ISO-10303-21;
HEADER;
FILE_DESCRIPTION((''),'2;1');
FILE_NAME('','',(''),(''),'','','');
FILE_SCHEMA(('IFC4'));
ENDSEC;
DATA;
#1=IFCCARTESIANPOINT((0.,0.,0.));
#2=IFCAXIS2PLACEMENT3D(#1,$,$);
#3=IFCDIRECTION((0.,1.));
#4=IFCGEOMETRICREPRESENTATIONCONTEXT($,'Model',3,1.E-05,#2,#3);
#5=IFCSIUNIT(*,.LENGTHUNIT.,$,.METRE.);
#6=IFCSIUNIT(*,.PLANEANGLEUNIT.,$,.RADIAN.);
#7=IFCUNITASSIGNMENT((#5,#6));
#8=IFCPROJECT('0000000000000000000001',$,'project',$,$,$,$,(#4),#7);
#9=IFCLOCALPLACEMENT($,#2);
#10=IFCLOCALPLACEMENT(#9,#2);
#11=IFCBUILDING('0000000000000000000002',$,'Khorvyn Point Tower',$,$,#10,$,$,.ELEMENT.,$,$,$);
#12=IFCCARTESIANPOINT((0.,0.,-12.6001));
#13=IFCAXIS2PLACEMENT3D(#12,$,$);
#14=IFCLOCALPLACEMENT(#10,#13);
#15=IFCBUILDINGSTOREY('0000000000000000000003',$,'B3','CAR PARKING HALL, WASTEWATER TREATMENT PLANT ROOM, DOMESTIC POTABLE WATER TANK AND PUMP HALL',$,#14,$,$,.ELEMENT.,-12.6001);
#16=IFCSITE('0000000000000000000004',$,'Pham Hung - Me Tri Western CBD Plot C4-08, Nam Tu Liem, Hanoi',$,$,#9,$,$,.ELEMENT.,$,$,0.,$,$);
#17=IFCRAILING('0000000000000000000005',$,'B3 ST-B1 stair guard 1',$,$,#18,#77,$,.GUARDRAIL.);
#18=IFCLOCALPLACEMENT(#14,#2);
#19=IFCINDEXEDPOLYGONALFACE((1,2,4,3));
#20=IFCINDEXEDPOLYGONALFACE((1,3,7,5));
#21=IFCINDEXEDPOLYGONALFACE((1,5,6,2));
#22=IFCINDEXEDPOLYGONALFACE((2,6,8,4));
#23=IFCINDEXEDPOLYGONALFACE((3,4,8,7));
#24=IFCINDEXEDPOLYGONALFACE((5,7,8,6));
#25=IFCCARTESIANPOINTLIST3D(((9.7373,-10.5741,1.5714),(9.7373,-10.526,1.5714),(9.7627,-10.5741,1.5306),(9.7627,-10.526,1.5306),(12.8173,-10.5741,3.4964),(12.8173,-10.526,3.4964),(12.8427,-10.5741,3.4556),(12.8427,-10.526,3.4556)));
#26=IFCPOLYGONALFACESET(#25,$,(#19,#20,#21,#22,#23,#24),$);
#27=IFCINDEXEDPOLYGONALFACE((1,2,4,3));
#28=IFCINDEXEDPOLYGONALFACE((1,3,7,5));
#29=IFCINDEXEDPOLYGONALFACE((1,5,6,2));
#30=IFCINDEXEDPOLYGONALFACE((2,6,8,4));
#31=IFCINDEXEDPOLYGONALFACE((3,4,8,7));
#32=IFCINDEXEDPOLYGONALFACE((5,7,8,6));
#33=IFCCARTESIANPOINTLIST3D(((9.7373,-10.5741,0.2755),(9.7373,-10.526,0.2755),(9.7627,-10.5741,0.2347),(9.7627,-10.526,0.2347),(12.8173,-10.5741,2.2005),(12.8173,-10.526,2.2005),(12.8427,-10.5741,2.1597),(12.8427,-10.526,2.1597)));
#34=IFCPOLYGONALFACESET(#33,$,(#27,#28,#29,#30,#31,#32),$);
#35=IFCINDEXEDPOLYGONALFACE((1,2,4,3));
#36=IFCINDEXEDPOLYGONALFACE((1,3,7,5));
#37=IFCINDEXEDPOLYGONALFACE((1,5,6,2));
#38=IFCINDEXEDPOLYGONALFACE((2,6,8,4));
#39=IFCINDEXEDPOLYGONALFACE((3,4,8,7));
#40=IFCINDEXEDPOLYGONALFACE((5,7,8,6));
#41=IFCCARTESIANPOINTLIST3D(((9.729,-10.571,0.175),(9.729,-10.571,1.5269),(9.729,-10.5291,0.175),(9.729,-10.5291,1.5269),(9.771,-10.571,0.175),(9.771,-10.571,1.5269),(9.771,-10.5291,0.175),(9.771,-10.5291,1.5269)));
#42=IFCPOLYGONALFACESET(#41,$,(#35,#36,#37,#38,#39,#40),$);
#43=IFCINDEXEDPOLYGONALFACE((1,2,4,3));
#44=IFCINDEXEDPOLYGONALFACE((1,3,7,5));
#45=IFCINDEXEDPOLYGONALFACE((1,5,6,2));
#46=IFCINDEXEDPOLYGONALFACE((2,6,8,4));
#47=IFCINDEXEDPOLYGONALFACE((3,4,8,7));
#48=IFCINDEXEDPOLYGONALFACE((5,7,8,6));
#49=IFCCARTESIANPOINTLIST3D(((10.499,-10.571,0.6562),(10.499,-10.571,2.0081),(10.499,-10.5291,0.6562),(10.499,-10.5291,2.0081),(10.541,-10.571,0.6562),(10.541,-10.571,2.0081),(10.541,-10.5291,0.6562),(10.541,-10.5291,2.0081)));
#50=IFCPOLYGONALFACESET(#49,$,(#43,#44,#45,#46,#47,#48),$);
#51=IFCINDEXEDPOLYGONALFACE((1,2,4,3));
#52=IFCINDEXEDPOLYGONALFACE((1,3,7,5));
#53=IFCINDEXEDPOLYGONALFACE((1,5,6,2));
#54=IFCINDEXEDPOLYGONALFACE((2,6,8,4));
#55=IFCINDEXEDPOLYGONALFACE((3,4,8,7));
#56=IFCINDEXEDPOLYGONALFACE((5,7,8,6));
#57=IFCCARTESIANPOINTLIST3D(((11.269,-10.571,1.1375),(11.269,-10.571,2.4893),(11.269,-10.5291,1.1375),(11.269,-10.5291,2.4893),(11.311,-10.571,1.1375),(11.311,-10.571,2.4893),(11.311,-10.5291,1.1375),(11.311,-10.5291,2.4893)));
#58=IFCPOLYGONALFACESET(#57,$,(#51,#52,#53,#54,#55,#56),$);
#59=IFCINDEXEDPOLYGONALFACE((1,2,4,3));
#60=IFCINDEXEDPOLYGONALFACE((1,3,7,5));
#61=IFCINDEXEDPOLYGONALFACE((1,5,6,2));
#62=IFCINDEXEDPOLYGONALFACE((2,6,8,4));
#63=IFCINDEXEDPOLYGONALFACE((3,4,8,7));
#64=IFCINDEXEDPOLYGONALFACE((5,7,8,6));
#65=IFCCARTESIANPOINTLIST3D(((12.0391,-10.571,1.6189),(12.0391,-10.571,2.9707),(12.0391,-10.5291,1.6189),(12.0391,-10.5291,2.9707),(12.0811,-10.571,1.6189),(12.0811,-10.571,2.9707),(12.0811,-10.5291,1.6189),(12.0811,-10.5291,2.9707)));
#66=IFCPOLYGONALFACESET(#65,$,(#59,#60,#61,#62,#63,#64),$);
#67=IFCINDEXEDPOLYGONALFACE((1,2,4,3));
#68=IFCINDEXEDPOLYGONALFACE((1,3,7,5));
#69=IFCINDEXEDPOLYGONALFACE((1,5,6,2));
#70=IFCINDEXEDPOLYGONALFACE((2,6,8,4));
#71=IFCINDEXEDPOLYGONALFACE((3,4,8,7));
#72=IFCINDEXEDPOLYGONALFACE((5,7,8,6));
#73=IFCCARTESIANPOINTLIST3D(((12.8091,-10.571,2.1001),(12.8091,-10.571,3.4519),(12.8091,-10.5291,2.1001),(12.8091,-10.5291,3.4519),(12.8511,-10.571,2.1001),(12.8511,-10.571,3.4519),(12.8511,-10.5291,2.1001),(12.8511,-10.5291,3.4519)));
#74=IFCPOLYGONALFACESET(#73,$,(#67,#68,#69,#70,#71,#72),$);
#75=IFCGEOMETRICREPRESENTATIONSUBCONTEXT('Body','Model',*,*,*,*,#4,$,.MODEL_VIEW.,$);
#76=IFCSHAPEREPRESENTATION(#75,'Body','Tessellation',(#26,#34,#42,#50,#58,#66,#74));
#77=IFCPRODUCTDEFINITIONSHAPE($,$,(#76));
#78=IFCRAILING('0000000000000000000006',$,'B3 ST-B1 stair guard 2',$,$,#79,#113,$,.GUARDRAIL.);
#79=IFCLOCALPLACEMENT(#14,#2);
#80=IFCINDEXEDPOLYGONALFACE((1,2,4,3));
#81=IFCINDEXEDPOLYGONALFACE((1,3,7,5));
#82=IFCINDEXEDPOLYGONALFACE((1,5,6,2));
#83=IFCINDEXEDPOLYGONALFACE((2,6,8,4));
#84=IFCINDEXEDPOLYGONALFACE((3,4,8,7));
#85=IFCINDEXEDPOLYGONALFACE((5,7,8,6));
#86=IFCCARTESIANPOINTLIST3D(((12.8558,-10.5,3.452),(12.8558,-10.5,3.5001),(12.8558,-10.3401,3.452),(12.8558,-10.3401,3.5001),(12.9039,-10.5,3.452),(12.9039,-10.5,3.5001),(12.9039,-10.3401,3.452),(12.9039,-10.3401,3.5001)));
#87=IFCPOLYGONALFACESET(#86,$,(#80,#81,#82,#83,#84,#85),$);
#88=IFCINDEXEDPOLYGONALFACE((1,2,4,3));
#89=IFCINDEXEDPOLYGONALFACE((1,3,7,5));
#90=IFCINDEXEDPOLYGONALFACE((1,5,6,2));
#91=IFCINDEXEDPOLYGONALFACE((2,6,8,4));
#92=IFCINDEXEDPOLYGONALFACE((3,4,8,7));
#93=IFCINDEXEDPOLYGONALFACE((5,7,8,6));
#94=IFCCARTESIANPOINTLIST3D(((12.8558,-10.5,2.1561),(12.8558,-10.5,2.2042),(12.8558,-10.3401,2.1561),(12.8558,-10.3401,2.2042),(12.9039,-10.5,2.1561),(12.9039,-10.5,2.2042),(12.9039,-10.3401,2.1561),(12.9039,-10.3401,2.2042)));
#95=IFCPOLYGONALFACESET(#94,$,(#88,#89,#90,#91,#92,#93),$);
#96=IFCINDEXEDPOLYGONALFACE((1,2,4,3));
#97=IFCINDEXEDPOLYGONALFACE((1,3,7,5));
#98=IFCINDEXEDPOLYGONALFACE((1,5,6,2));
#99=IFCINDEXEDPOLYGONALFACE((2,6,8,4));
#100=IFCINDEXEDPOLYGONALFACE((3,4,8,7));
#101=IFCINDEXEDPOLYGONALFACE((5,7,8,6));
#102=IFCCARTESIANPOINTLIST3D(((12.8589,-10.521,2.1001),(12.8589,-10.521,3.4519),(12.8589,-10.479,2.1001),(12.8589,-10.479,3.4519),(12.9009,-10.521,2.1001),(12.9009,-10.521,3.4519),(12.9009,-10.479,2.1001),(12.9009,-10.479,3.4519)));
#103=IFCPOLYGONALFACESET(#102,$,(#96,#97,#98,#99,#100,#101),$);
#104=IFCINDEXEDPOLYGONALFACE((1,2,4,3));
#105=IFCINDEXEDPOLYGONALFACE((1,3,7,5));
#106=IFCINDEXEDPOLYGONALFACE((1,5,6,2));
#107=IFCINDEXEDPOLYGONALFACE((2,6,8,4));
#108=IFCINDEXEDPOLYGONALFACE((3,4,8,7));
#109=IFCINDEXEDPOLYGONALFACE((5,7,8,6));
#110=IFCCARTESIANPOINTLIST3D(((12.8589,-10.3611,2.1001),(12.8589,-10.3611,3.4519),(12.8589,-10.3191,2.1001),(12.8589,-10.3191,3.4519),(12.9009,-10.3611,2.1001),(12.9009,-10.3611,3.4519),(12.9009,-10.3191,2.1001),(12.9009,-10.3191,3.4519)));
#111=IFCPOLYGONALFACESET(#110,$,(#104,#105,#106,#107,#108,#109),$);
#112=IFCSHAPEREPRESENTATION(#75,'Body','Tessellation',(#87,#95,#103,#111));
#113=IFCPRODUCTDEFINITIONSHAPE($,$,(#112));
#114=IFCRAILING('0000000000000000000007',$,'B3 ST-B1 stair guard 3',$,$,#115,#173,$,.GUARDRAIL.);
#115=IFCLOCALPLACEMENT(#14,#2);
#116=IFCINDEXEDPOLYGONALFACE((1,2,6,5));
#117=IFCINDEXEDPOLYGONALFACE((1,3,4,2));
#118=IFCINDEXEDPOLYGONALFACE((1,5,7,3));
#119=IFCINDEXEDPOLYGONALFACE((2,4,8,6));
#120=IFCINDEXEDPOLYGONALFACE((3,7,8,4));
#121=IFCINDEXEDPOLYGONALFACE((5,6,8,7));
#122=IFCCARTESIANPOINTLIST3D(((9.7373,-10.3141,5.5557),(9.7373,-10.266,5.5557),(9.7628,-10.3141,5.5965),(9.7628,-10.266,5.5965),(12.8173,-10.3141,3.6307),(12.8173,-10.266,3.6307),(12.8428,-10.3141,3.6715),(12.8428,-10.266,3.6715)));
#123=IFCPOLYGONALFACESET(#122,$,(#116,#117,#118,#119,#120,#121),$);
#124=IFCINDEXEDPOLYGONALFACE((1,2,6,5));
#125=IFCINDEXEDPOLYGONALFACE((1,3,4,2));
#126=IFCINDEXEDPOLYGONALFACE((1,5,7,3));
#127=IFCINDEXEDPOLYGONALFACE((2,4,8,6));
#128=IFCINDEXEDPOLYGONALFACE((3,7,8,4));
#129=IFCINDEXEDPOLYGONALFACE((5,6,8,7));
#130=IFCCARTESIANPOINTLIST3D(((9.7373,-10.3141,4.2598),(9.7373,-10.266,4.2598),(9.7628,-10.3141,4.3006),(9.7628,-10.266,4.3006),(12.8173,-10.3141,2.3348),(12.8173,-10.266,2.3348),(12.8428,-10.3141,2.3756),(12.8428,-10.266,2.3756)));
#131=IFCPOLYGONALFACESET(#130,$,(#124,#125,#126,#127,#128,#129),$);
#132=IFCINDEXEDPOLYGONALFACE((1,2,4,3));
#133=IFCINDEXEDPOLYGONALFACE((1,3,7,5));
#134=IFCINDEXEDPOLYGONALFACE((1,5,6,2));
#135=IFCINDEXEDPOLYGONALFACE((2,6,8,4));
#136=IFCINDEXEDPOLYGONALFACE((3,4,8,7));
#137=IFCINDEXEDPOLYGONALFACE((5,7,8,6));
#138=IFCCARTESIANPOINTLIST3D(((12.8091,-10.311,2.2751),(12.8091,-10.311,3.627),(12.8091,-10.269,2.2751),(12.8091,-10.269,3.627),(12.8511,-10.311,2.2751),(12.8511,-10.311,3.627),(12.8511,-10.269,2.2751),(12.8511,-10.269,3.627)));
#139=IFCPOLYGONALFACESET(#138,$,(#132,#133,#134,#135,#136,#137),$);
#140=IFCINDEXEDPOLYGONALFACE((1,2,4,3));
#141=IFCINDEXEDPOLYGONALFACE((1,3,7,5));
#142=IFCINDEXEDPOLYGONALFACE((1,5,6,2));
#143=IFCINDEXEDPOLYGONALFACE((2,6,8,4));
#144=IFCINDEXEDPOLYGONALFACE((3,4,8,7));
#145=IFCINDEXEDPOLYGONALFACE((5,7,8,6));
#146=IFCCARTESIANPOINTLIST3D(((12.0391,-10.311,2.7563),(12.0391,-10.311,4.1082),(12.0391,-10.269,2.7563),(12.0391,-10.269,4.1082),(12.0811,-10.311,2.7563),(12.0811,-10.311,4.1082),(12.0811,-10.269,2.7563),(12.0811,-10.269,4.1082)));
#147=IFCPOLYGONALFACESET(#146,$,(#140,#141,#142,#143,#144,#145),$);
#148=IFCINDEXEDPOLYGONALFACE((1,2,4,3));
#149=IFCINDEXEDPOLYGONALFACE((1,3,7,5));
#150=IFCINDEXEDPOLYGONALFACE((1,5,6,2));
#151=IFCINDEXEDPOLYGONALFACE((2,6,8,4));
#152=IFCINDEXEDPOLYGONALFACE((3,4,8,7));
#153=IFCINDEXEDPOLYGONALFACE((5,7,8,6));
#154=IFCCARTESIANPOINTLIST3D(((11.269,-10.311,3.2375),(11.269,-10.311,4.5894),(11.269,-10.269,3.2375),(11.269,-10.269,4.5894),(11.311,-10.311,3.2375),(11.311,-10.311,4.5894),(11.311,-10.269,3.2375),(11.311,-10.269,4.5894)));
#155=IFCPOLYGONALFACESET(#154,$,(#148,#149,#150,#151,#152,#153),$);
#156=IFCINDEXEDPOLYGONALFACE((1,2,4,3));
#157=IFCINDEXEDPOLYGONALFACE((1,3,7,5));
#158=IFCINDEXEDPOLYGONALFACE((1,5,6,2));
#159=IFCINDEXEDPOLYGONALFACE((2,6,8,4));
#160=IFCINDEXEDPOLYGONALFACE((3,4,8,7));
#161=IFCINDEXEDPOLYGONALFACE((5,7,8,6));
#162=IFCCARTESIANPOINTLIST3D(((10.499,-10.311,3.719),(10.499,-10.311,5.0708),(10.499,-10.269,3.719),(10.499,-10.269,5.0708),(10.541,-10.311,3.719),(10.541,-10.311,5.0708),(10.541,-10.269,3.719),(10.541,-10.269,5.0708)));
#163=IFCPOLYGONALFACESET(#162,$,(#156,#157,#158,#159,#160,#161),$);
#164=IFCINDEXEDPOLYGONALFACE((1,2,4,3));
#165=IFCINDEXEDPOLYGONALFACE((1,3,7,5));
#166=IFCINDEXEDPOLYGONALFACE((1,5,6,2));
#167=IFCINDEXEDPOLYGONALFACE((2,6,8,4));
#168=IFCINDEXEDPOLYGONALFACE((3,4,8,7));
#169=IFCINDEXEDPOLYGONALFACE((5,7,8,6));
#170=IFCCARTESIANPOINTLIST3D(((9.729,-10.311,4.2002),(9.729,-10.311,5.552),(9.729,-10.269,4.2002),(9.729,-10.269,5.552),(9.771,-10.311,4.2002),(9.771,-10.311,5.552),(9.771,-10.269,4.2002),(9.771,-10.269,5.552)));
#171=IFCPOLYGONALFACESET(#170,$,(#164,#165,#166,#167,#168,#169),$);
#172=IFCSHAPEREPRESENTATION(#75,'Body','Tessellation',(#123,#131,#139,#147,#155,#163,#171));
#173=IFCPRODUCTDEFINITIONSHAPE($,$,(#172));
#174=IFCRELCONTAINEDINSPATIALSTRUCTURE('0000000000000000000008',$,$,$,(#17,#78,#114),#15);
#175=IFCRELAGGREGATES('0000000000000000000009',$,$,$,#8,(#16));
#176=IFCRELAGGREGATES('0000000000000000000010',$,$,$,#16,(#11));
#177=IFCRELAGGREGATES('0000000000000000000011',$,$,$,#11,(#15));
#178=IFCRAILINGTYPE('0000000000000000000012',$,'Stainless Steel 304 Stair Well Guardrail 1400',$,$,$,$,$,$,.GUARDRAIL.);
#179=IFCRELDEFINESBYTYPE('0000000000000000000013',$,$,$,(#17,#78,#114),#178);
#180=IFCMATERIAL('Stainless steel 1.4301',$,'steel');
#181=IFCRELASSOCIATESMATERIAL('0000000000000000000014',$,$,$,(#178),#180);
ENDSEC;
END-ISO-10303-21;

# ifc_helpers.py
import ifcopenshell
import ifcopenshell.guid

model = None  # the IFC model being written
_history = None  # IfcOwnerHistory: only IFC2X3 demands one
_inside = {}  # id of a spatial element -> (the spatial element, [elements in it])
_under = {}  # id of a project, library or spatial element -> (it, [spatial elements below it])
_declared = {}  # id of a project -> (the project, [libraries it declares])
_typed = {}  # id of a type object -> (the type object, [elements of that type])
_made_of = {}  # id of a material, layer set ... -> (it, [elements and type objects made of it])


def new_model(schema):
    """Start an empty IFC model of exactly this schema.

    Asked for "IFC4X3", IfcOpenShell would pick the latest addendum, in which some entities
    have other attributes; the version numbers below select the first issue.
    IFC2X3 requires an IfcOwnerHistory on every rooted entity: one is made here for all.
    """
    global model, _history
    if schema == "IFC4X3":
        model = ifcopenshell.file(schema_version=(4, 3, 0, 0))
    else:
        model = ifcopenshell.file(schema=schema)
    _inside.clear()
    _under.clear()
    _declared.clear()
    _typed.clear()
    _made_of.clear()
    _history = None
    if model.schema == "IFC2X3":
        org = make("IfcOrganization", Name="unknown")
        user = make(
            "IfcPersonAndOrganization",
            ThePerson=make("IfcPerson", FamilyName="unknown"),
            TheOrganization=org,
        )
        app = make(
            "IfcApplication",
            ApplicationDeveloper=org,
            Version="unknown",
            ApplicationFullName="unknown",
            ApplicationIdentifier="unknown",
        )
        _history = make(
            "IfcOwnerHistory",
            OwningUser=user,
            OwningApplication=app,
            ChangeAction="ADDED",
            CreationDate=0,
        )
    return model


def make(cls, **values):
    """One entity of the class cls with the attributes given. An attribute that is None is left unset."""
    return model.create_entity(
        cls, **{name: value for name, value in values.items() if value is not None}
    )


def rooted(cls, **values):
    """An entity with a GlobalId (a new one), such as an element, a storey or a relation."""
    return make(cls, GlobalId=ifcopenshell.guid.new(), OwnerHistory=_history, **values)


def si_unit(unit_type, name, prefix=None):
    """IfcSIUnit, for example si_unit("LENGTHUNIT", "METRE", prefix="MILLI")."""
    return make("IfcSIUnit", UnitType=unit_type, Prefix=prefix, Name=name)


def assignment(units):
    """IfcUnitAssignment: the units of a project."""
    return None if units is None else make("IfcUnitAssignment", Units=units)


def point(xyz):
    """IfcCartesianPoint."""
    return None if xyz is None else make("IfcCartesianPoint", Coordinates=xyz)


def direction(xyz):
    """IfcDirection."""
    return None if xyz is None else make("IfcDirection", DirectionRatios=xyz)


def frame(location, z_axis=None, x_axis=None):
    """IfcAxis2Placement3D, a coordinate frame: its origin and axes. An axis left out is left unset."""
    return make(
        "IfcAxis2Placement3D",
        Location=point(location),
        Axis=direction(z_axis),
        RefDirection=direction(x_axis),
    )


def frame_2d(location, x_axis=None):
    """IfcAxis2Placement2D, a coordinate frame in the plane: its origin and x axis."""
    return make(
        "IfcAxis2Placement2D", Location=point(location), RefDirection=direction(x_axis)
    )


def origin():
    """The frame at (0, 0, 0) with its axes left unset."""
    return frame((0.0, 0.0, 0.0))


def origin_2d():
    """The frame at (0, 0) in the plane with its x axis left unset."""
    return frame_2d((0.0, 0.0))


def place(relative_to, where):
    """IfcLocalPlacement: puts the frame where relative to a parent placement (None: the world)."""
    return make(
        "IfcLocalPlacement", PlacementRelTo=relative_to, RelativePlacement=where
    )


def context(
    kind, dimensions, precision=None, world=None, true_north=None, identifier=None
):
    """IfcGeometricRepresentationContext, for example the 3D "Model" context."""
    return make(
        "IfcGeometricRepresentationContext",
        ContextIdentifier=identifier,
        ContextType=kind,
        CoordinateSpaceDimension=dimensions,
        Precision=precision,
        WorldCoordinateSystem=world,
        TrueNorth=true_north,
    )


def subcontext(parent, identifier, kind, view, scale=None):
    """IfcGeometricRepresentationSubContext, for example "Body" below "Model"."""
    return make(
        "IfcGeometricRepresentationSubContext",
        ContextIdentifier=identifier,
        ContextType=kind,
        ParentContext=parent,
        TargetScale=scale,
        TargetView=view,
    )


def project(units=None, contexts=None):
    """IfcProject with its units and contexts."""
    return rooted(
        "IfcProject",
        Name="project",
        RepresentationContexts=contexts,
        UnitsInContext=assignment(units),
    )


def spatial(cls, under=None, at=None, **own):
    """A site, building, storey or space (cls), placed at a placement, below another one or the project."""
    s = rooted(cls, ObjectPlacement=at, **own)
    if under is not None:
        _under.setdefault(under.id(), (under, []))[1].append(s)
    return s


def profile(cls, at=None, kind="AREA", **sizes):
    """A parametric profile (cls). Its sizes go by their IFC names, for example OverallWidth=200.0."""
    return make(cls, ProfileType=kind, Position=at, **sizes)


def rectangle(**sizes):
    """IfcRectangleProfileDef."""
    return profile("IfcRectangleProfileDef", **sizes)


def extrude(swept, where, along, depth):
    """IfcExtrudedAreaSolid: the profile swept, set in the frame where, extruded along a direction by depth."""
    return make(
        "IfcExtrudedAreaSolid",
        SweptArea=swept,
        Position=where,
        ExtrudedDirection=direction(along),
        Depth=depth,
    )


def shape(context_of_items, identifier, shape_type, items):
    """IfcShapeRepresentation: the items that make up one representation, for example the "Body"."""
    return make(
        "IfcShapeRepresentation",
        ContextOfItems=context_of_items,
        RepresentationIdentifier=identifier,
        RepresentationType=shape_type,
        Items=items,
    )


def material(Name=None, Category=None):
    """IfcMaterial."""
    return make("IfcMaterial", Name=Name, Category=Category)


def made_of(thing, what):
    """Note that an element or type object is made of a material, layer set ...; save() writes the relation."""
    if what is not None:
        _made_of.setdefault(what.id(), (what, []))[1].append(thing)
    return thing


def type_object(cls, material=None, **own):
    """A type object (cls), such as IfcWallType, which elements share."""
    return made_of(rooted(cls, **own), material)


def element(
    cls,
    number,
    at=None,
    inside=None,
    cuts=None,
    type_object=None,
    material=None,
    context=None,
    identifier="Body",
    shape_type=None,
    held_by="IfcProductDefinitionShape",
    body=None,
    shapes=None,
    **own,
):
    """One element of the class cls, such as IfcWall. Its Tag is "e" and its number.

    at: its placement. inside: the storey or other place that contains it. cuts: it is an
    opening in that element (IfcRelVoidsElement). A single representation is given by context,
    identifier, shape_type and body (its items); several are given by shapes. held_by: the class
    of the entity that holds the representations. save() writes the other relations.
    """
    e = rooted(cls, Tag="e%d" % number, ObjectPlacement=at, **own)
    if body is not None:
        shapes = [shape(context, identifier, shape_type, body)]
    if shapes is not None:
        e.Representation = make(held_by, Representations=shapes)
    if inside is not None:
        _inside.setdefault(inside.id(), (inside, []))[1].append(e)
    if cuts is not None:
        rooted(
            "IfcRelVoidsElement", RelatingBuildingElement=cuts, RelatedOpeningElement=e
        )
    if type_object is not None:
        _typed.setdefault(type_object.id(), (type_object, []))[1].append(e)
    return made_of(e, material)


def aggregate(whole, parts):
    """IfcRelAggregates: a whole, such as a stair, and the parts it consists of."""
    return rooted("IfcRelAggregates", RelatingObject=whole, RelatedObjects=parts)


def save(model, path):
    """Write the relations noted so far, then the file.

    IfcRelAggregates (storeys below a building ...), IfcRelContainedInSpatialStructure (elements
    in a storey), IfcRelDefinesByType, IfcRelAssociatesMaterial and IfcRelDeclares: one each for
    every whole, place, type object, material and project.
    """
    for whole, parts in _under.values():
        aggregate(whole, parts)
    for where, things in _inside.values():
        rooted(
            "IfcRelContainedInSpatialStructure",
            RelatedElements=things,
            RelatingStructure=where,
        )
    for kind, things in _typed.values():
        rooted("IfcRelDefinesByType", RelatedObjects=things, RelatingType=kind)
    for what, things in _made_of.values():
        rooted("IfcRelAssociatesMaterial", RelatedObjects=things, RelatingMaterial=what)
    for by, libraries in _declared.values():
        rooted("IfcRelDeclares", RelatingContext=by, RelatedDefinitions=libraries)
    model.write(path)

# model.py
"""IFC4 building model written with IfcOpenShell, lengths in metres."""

from ifc_helpers import new_model, si_unit, direction, frame, origin, origin_2d, place, context, subcontext, project, spatial, rectangle, extrude, material, type_object, element, save


model = new_model("IFC4")

# Units and contexts
model_context = context("Model", 3, precision=1e-05, world=origin(), true_north=direction((0.0, 1.0)))
body_context = subcontext(model_context, "Body", "Model", "MODEL_VIEW")
ifc_project = project(units=[si_unit("LENGTHUNIT", "METRE"), si_unit("PLANEANGLEUNIT", "RADIAN")], contexts=[model_context])

# Site, building, storey
site_placement = place(None, origin())
site = spatial("IfcSite", under=ifc_project, at=site_placement, Name="Pham Hung - Me Tri Western CBD Plot C4-08, Nam Tu Liem, Hanoi", CompositionType="ELEMENT", RefElevation=0.0)
building_placement = place(site_placement, origin())
building = spatial("IfcBuilding", under=site, at=building_placement, Name="Khorvyn Point Tower", CompositionType="ELEMENT")
storey_placement = place(building_placement, frame((0.0, 0.0, -12.6001)))
storey = spatial("IfcBuildingStorey", under=building, at=storey_placement, Name="B3", Description="CAR PARKING HALL, WASTEWATER TREATMENT PLANT ROOM, DOMESTIC POTABLE WATER TANK AND PUMP HALL", CompositionType="ELEMENT", Elevation=-12.6001)

# Railings
ifc_material_1 = material(Name="Stainless steel 1.4301", Category="steel")
railing_type_1 = type_object("IfcRailingType", Name="Stainless Steel 304 Stair Well Guardrail 1400", PredefinedType="GUARDRAIL", material=ifc_material_1)
railing_1_placement = place(storey_placement, frame((9.75, -10.55, 0.175)))
element("IfcRailing", 1, at=railing_1_placement, inside=storey, type_object=railing_type_1, Name="B3 ST-B1 stair guard 1", PredefinedType="GUARDRAIL", context=body_context, shape_type="SweptSolid", body=[
    extrude(rectangle(XDim=0.0481, YDim=0.0481, at=origin_2d()), frame((0.0, 0.0, 1.376), z_axis=(0.847998, 0.0, 0.529999), x_axis=(0.0, 1.0, 0.0)), (0.0, 0.0, 1.0), 3.6321),
    extrude(rectangle(XDim=0.0481, YDim=0.0481, at=origin_2d()), frame((0.0, 0.0, 0.0801), z_axis=(0.847998, 0.0, 0.529999), x_axis=(0.0, 1.0, 0.0)), (0.0, 0.0, 1.0), 3.6321),
    extrude(rectangle(XDim=0.042, YDim=0.042, at=origin_2d()), origin(), (0.0, 0.0, 1.0), 1.3518),
    extrude(rectangle(XDim=0.042, YDim=0.042, at=origin_2d()), frame((0.77, 0.0, 0.4812)), (0.0, 0.0, 1.0), 1.3518),
    extrude(rectangle(XDim=0.042, YDim=0.042, at=origin_2d()), frame((1.54, 0.0, 0.9624)), (0.0, 0.0, 1.0), 1.3518),
    extrude(rectangle(XDim=0.042, YDim=0.042, at=origin_2d()), frame((2.3101, 0.0, 1.4438)), (0.0, 0.0, 1.0), 1.3518),
    extrude(rectangle(XDim=0.042, YDim=0.042, at=origin_2d()), frame((3.0801, 0.0, 1.925)), (0.0, 0.0, 1.0), 1.3518),
])
railing_2_placement = place(storey_placement, frame((12.8799, -10.5, 2.1001)))
element("IfcRailing", 2, at=railing_2_placement, inside=storey, type_object=railing_type_1, Name="B3 ST-B1 stair guard 2", PredefinedType="GUARDRAIL", context=body_context, shape_type="SweptSolid", body=[
    extrude(rectangle(XDim=0.0481, YDim=0.0481, at=origin_2d()), frame((0.0, 0.0, 1.376), z_axis=(0.0, 1.0, 0.0), x_axis=(-1.0, 0.0, 0.0)), (0.0, 0.0, 1.0), 0.1599),
    extrude(rectangle(XDim=0.0481, YDim=0.0481, at=origin_2d()), frame((0.0, 0.0, 0.0801), z_axis=(0.0, 1.0, 0.0), x_axis=(-1.0, 0.0, 0.0)), (0.0, 0.0, 1.0), 0.1599),
    extrude(rectangle(XDim=0.042, YDim=0.042, at=origin_2d()), origin(), (0.0, 0.0, 1.0), 1.3518),
    extrude(rectangle(XDim=0.042, YDim=0.042, at=origin_2d()), frame((0.0, 0.1599, 0.0)), (0.0, 0.0, 1.0), 1.3518),
])
railing_3_placement = place(storey_placement, frame((12.8301, -10.29, 2.2751)))
element("IfcRailing", 3, at=railing_3_placement, inside=storey, type_object=railing_type_1, Name="B3 ST-B1 stair guard 3", PredefinedType="GUARDRAIL", context=body_context, shape_type="SweptSolid", body=[
    extrude(rectangle(XDim=0.0481, YDim=0.0481, at=origin_2d()), frame((0.0, 0.0, 1.376), z_axis=(-0.847998, 0.0, 0.529999), x_axis=(0.0, -1.0, 0.0)), (0.0, 0.0, 1.0), 3.6321),
    extrude(rectangle(XDim=0.0481, YDim=0.0481, at=origin_2d()), frame((0.0, 0.0, 0.0801), z_axis=(-0.847998, 0.0, 0.529999), x_axis=(0.0, -1.0, 0.0)), (0.0, 0.0, 1.0), 3.6321),
    extrude(rectangle(XDim=0.042, YDim=0.042, at=origin_2d()), origin(), (0.0, 0.0, 1.0), 1.3518),
    extrude(rectangle(XDim=0.042, YDim=0.042, at=origin_2d()), frame((-0.77, 0.0, 0.4812)), (0.0, 0.0, 1.0), 1.3518),
    extrude(rectangle(XDim=0.042, YDim=0.042, at=origin_2d()), frame((-1.54, 0.0, 0.9624)), (0.0, 0.0, 1.0), 1.3518),
    extrude(rectangle(XDim=0.042, YDim=0.042, at=origin_2d()), frame((-2.3101, 0.0, 1.4438)), (0.0, 0.0, 1.0), 1.3518),
    extrude(rectangle(XDim=0.042, YDim=0.042, at=origin_2d()), frame((-3.0801, 0.0, 1.925)), (0.0, 0.0, 1.0), 1.3518),
])

save(model, "model.ifc")
